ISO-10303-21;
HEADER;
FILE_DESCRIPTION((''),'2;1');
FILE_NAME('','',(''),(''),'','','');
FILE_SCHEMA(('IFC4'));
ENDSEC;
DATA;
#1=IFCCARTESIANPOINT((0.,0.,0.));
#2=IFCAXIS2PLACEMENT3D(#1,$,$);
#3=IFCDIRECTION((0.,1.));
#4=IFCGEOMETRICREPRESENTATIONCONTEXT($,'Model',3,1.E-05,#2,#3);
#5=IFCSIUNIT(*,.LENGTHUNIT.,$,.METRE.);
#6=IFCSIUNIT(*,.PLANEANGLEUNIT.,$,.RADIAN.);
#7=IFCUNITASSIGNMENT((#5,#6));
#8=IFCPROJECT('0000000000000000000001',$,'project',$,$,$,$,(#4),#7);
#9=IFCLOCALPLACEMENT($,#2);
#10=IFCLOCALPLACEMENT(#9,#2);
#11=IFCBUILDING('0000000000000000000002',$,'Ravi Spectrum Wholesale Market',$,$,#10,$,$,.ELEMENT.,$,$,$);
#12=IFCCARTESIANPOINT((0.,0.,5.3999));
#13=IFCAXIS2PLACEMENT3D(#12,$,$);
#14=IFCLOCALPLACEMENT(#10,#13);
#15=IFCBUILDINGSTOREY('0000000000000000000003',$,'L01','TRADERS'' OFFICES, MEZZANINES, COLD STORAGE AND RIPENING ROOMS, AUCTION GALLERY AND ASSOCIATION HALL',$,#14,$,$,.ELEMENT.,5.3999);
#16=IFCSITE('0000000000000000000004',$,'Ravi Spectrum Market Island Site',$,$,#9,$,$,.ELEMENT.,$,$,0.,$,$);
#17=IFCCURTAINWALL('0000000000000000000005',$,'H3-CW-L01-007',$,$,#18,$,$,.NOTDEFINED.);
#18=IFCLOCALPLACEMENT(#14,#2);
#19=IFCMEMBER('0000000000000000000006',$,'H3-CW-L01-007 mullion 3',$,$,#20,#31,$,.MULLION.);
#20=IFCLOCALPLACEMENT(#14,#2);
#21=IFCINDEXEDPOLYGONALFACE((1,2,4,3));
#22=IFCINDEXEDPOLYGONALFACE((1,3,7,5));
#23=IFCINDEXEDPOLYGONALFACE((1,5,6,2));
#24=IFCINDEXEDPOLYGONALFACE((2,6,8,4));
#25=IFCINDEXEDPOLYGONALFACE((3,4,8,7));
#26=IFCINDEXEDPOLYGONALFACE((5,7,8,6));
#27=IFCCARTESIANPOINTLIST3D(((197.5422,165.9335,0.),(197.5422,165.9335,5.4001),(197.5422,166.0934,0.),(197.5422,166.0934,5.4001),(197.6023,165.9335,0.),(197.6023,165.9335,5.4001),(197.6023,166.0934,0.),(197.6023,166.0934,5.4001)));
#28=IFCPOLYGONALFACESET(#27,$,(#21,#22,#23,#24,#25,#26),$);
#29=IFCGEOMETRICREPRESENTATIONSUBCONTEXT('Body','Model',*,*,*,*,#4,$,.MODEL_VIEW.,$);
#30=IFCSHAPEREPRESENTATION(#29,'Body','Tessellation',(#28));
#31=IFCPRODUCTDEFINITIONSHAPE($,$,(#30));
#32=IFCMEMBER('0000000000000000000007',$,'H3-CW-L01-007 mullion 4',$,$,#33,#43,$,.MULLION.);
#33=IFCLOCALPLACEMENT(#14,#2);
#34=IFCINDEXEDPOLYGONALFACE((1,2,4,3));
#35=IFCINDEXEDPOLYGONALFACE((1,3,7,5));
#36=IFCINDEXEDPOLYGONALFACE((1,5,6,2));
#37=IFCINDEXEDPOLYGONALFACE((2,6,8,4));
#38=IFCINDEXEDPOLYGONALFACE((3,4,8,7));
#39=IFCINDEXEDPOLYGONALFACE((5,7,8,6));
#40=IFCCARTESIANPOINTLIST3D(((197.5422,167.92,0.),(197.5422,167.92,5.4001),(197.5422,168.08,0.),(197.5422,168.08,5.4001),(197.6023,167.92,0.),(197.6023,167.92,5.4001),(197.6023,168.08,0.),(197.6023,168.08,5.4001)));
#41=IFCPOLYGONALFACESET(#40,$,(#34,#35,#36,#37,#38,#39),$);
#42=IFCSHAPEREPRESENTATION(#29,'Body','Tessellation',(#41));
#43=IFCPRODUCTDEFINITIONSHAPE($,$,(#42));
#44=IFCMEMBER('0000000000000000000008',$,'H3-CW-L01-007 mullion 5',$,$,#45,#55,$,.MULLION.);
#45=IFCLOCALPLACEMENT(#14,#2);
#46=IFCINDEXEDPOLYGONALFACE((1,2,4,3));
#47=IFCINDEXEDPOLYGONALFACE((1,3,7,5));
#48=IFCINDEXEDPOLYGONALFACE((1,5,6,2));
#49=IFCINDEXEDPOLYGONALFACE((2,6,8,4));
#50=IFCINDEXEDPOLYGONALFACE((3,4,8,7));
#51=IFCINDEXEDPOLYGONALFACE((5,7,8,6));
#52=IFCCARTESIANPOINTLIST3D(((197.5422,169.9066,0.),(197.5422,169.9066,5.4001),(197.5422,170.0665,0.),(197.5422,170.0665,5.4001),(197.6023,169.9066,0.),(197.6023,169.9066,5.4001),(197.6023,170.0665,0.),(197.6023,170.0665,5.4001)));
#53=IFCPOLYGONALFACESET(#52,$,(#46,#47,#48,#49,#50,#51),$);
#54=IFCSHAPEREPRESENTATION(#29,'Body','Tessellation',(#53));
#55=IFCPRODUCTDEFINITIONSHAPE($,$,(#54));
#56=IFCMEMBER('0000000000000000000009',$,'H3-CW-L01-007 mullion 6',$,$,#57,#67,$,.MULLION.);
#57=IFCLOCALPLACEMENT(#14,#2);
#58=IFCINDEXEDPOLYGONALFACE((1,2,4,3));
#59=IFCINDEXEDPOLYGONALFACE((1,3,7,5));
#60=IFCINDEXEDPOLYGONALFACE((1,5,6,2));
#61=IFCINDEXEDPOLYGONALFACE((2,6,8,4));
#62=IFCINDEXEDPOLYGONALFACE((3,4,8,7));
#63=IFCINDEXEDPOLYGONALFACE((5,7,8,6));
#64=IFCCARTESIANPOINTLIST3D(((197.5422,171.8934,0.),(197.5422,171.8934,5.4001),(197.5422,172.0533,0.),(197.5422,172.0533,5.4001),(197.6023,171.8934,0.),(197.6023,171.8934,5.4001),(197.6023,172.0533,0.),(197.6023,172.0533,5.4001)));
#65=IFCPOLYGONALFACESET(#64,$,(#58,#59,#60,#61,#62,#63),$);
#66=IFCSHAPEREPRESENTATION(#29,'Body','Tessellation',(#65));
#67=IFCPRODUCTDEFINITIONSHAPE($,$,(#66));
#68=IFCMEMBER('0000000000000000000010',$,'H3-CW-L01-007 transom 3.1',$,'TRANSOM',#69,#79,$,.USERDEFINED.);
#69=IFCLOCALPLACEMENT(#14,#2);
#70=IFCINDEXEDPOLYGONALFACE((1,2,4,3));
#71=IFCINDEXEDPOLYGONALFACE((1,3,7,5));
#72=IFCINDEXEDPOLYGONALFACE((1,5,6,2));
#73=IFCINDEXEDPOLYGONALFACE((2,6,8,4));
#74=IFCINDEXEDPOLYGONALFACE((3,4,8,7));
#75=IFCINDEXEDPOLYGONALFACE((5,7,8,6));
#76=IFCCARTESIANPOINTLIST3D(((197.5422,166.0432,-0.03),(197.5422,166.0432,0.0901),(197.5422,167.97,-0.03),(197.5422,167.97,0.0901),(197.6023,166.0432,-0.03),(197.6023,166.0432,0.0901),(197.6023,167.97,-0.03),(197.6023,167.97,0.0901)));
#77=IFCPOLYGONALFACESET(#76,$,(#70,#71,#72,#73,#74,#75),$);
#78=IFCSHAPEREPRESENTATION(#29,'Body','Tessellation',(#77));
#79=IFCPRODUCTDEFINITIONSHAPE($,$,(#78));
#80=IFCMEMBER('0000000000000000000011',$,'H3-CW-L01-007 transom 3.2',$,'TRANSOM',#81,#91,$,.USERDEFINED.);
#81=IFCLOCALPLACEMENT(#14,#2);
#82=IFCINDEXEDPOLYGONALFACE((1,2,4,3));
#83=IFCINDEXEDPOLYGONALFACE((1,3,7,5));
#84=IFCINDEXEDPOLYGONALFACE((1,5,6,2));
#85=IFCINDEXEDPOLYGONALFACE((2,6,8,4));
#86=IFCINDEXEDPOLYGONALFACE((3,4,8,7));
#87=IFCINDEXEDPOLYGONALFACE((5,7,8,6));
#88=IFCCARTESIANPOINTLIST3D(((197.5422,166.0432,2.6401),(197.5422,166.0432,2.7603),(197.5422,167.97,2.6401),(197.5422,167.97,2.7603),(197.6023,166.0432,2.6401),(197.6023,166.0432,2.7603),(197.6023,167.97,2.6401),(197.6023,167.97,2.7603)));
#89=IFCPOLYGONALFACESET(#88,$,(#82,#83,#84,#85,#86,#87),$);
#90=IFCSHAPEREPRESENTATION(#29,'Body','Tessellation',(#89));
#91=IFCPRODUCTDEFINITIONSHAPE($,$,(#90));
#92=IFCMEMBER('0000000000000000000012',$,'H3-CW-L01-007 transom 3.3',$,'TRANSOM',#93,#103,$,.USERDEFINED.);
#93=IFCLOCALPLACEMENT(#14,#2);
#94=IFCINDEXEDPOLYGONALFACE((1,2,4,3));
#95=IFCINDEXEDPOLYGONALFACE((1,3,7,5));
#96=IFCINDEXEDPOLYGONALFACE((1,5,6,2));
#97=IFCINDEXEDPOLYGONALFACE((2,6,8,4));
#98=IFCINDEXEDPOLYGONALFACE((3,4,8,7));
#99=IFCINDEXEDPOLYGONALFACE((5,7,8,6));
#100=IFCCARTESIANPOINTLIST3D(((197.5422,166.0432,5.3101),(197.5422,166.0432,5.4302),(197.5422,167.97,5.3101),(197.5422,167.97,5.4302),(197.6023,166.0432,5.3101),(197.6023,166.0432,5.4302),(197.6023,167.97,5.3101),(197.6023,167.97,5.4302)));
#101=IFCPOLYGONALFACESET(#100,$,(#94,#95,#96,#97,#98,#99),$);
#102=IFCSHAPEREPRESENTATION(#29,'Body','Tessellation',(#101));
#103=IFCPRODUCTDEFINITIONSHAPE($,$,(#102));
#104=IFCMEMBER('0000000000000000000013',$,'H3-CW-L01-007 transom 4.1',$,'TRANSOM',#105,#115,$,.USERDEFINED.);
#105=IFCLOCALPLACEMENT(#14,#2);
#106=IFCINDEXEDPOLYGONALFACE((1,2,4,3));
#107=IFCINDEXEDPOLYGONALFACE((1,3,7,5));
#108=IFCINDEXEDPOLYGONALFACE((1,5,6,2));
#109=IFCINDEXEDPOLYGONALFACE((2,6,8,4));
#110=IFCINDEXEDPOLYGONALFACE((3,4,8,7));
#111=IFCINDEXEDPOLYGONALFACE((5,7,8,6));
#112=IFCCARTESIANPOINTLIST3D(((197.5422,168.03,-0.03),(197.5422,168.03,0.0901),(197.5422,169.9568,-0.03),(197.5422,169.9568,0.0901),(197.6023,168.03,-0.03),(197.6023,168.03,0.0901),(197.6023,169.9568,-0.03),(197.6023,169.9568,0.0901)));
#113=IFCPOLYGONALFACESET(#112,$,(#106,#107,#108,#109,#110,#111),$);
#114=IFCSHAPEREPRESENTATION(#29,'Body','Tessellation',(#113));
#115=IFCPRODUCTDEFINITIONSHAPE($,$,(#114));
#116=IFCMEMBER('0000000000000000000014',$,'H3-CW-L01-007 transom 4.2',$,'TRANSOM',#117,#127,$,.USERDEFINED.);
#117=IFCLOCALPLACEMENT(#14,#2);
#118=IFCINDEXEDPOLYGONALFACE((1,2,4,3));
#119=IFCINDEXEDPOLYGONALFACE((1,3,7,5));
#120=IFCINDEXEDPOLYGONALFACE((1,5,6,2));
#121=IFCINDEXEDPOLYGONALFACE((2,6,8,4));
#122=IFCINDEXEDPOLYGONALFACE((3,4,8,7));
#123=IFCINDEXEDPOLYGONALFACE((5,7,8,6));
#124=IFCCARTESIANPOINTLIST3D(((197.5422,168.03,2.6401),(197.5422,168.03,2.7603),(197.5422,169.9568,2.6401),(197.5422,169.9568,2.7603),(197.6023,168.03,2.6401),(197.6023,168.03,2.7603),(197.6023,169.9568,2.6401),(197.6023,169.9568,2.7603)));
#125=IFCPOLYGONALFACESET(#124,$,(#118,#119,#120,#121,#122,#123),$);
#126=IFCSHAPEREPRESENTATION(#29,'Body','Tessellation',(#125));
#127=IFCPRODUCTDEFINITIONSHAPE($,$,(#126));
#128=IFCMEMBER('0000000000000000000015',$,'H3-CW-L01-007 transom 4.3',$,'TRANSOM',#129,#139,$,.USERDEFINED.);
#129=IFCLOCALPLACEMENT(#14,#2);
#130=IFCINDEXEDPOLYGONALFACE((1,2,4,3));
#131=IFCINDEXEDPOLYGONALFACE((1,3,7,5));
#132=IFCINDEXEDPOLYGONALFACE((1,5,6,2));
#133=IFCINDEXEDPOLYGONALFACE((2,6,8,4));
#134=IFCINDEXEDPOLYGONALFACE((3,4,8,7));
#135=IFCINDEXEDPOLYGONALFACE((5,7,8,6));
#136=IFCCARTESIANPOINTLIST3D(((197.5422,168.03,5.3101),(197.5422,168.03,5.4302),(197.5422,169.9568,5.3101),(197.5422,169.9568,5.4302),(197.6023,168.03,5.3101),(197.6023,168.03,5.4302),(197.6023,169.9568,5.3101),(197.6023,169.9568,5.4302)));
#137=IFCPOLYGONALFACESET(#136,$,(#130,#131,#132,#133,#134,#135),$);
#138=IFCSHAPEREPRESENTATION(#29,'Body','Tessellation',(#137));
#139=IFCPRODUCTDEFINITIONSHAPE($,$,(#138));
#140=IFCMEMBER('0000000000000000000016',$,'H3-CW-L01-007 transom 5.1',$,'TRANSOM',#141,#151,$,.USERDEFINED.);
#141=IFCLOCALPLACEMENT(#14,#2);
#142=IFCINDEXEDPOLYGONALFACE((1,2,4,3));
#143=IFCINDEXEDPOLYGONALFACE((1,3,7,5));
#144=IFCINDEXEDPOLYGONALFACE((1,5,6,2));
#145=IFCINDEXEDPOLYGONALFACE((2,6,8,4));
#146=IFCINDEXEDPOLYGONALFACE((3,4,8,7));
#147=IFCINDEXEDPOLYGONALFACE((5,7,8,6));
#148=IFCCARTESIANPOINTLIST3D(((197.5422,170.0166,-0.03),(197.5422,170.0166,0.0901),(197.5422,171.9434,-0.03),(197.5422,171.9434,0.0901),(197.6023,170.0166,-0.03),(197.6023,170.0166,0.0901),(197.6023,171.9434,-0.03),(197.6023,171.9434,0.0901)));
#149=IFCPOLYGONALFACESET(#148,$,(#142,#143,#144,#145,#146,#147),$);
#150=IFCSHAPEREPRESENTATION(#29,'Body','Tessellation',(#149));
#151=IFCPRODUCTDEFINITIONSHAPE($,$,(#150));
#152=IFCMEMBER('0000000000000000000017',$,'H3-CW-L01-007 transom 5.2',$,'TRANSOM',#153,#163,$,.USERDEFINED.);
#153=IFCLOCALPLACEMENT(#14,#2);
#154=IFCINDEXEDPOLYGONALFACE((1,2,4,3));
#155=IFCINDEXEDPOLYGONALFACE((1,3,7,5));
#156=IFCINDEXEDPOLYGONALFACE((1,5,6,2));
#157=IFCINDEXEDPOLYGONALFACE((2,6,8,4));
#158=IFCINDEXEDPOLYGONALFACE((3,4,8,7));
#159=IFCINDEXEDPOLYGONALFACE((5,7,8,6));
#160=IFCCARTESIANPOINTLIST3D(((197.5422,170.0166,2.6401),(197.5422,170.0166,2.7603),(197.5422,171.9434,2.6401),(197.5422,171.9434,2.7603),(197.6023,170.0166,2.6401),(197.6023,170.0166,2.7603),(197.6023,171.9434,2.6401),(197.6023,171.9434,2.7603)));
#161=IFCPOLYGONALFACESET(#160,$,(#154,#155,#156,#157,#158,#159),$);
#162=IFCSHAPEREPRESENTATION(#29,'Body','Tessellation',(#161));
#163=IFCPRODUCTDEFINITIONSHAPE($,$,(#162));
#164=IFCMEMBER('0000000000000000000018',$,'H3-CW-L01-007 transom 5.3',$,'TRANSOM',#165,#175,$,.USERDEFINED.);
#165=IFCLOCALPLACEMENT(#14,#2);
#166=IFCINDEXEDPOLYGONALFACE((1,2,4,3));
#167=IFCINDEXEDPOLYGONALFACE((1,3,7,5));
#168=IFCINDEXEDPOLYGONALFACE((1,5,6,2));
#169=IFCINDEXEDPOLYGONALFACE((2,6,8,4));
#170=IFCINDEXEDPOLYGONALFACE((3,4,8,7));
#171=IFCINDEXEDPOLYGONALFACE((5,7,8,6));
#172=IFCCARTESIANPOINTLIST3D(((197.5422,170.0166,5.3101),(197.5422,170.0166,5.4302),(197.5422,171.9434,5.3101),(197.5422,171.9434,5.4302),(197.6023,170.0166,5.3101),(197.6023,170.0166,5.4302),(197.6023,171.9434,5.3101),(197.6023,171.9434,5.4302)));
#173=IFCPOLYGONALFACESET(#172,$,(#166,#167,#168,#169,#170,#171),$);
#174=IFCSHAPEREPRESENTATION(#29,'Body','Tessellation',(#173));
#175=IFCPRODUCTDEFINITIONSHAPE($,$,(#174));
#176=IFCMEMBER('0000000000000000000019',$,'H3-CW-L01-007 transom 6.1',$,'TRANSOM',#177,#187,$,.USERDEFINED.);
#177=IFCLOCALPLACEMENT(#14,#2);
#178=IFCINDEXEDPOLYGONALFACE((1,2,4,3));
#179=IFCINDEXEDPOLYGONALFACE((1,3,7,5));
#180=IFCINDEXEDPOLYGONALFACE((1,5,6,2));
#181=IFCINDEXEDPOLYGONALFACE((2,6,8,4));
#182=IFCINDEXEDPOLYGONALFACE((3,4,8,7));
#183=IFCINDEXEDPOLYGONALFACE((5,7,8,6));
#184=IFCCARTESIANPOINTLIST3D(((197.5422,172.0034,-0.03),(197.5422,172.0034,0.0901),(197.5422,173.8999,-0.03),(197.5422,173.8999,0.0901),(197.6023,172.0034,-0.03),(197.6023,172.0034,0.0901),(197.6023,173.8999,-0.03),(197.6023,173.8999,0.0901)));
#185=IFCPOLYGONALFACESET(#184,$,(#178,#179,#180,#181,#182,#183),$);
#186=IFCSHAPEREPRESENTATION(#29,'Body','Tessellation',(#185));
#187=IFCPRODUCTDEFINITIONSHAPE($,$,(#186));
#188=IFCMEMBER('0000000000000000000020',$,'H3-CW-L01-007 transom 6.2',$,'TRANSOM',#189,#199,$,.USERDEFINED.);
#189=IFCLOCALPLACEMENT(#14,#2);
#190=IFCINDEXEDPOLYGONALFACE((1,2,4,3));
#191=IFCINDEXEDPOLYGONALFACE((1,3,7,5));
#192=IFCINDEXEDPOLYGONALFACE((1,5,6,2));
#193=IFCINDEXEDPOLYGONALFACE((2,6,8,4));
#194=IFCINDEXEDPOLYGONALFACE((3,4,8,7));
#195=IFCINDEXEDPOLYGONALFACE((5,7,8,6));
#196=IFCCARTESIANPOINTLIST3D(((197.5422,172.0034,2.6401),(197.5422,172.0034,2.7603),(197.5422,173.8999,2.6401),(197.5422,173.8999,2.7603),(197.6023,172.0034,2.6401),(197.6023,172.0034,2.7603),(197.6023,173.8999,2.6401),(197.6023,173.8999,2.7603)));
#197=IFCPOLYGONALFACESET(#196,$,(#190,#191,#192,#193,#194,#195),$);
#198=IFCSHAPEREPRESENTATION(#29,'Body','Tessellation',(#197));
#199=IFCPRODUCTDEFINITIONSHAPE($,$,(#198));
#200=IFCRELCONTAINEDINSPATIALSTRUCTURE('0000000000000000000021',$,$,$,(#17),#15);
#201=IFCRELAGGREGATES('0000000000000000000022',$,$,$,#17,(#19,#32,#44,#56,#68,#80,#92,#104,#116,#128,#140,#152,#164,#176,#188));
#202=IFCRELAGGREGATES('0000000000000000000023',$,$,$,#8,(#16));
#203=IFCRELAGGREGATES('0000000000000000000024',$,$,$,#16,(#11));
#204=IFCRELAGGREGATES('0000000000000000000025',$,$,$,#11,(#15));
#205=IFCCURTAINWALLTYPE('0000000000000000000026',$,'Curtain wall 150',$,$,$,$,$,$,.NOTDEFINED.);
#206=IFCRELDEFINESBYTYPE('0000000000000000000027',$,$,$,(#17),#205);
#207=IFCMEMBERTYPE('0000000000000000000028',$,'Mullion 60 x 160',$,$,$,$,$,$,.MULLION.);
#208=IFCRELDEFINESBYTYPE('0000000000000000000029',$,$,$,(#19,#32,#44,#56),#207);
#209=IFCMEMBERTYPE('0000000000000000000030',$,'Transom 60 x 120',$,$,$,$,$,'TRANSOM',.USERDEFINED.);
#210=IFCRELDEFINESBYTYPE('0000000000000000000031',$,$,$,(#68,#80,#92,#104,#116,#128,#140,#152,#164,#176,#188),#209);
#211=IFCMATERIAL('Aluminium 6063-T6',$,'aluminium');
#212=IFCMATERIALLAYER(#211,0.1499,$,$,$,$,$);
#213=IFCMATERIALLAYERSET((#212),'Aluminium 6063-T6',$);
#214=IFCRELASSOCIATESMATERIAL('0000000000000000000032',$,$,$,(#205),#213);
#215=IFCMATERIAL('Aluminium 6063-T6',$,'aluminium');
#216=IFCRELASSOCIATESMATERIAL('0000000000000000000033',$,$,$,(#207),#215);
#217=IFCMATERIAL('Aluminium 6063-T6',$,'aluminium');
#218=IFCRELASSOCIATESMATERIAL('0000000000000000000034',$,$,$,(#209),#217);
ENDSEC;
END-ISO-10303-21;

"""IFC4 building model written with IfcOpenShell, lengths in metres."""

from ifc_helpers import new_model, si_unit, direction, frame, origin, origin_2d, place, context, subcontext, project, spatial, rectangle, extrude, material, layer, layer_set, material_profile, profile_set, type_object, element, aggregate, save


model = new_model("IFC4")

# Units and contexts
model_context = context("Model", 3, precision=1e-05, world=origin(), true_north=direction((0.0, 1.0)))
body_context = subcontext(model_context, "Body", "Model", "MODEL_VIEW")
ifc_project = project(units=[si_unit("LENGTHUNIT", "METRE"), si_unit("PLANEANGLEUNIT", "RADIAN")], contexts=[model_context])

# Site, building, storey
site_placement = place(None, origin())
site = spatial("IfcSite", under=ifc_project, at=site_placement, Name="Ravi Spectrum Market Island Site", CompositionType="ELEMENT", RefElevation=0.0)
building_placement = place(site_placement, origin())
building = spatial("IfcBuilding", under=site, at=building_placement, Name="Ravi Spectrum Wholesale Market", CompositionType="ELEMENT")
storey_placement = place(building_placement, frame((0.0, 0.0, 5.3999)))
storey = spatial("IfcBuildingStorey", under=building, at=storey_placement, Name="L01", Description="TRADERS' OFFICES, MEZZANINES, COLD STORAGE AND RIPENING ROOMS, AUCTION GALLERY AND ASSOCIATION HALL", CompositionType="ELEMENT", Elevation=5.3999)

# Curtain wall, members
ifc_material_1 = material(Name="Aluminium 6063-T6", Category="aluminium")
ifc_layer_1 = layer(ifc_material_1, 0.1499)
ifc_layer_set_1 = layer_set([ifc_layer_1], Name="Aluminium 6063-T6")
curtain_wall_type = type_object("IfcCurtainWallType", Name="Curtain wall 150", PredefinedType="NOTDEFINED", material=ifc_layer_set_1)
curtain_wall_placement = place(storey_placement, origin())
curtain_wall = element("IfcCurtainWall", 1, at=curtain_wall_placement, inside=storey, type_object=curtain_wall_type, Name="H3-CW-L01-007", PredefinedType="NOTDEFINED")
ifc_material_2 = material(Name="Aluminium 6063-T6", Category="aluminium")
ifc_material_profile_1 = material_profile(ifc_material_2, rectangle(XDim=0.0601, YDim=0.1599, at=origin_2d()))
ifc_profile_set_1 = profile_set([ifc_material_profile_1], Name="Aluminium 6063-T6")
member_type_1 = type_object("IfcMemberType", Name="Mullion 60 x 160", PredefinedType="MULLION", material=ifc_profile_set_1)
member_1_placement = place(storey_placement, frame((197.5723, 166.0134, 0.0), z_axis=(0.0, 0.0, 1.0), x_axis=(-1.0, 0.0, 0.0)))
member_1 = element("IfcMember", 2, at=member_1_placement, type_object=member_type_1, Name="H3-CW-L01-007 mullion 3", PredefinedType="MULLION", context=body_context, shape_type="SweptSolid", body=[
    extrude(rectangle(XDim=0.0601, YDim=0.1599, at=origin_2d()), origin(), (0.0, 0.0, 1.0), 5.4001),
])
member_2_placement = place(storey_placement, frame((197.5723, 168.0, 0.0), z_axis=(0.0, 0.0, 1.0), x_axis=(-1.0, 0.0, 0.0)))
member_2 = element("IfcMember", 3, at=member_2_placement, type_object=member_type_1, Name="H3-CW-L01-007 mullion 4", PredefinedType="MULLION", context=body_context, shape_type="SweptSolid", body=[
    extrude(rectangle(XDim=0.0601, YDim=0.1599, at=origin_2d()), origin(), (0.0, 0.0, 1.0), 5.4001),
])
member_3_placement = place(storey_placement, frame((197.5723, 169.9866, 0.0), z_axis=(0.0, 0.0, 1.0), x_axis=(-1.0, 0.0, 0.0)))
member_3 = element("IfcMember", 4, at=member_3_placement, type_object=member_type_1, Name="H3-CW-L01-007 mullion 5", PredefinedType="MULLION", context=body_context, shape_type="SweptSolid", body=[
    extrude(rectangle(XDim=0.0601, YDim=0.1599, at=origin_2d()), origin(), (0.0, 0.0, 1.0), 5.4001),
])
member_4_placement = place(storey_placement, frame((197.5723, 171.9734, 0.0), z_axis=(0.0, 0.0, 1.0), x_axis=(-1.0, 0.0, 0.0)))
member_4 = element("IfcMember", 5, at=member_4_placement, type_object=member_type_1, Name="H3-CW-L01-007 mullion 6", PredefinedType="MULLION", context=body_context, shape_type="SweptSolid", body=[
    extrude(rectangle(XDim=0.0601, YDim=0.1599, at=origin_2d()), origin(), (0.0, 0.0, 1.0), 5.4001),
])
ifc_material_3 = material(Name="Aluminium 6063-T6", Category="aluminium")
ifc_material_profile_2 = material_profile(ifc_material_3, rectangle(XDim=0.0601, YDim=0.1201, at=origin_2d()))
ifc_profile_set_2 = profile_set([ifc_material_profile_2], Name="Aluminium 6063-T6")
member_type_2 = type_object("IfcMemberType", Name="Transom 60 x 120", ElementType="TRANSOM", PredefinedType="USERDEFINED", material=ifc_profile_set_2)
member_5_placement = place(storey_placement, frame((197.5723, 166.0432, 0.03), z_axis=(0.0, 1.0, 0.0), x_axis=(-1.0, 0.0, 0.0)))
member_5 = element("IfcMember", 6, at=member_5_placement, type_object=member_type_2, Name="H3-CW-L01-007 transom 3.1", ObjectType="TRANSOM", PredefinedType="USERDEFINED", context=body_context, shape_type="SweptSolid", body=[
    extrude(rectangle(XDim=0.0601, YDim=0.1201, at=origin_2d()), origin(), (0.0, 0.0, 1.0), 1.9268),
])
member_6_placement = place(storey_placement, frame((197.5723, 166.0432, 2.7002), z_axis=(0.0, 1.0, 0.0), x_axis=(-1.0, 0.0, 0.0)))
member_6 = element("IfcMember", 7, at=member_6_placement, type_object=member_type_2, Name="H3-CW-L01-007 transom 3.2", ObjectType="TRANSOM", PredefinedType="USERDEFINED", context=body_context, shape_type="SweptSolid", body=[
    extrude(rectangle(XDim=0.0601, YDim=0.1201, at=origin_2d()), origin(), (0.0, 0.0, 1.0), 1.9268),
])
member_7_placement = place(storey_placement, frame((197.5723, 166.0432, 5.3701), z_axis=(0.0, 1.0, 0.0), x_axis=(-1.0, 0.0, 0.0)))
member_7 = element("IfcMember", 8, at=member_7_placement, type_object=member_type_2, Name="H3-CW-L01-007 transom 3.3", ObjectType="TRANSOM", PredefinedType="USERDEFINED", context=body_context, shape_type="SweptSolid", body=[
    extrude(rectangle(XDim=0.0601, YDim=0.1201, at=origin_2d()), origin(), (0.0, 0.0, 1.0), 1.9268),
])
member_8_placement = place(storey_placement, frame((197.5723, 168.03, 0.03), z_axis=(0.0, 1.0, 0.0), x_axis=(-1.0, 0.0, 0.0)))
member_8 = element("IfcMember", 9, at=member_8_placement, type_object=member_type_2, Name="H3-CW-L01-007 transom 4.1", ObjectType="TRANSOM", PredefinedType="USERDEFINED", context=body_context, shape_type="SweptSolid", body=[
    extrude(rectangle(XDim=0.0601, YDim=0.1201, at=origin_2d()), origin(), (0.0, 0.0, 1.0), 1.9268),
])
member_9_placement = place(storey_placement, frame((197.5723, 168.03, 2.7002), z_axis=(0.0, 1.0, 0.0), x_axis=(-1.0, 0.0, 0.0)))
member_9 = element("IfcMember", 10, at=member_9_placement, type_object=member_type_2, Name="H3-CW-L01-007 transom 4.2", ObjectType="TRANSOM", PredefinedType="USERDEFINED", context=body_context, shape_type="SweptSolid", body=[
    extrude(rectangle(XDim=0.0601, YDim=0.1201, at=origin_2d()), origin(), (0.0, 0.0, 1.0), 1.9268),
])
member_10_placement = place(storey_placement, frame((197.5723, 168.03, 5.3701), z_axis=(0.0, 1.0, 0.0), x_axis=(-1.0, 0.0, 0.0)))
member_10 = element("IfcMember", 11, at=member_10_placement, type_object=member_type_2, Name="H3-CW-L01-007 transom 4.3", ObjectType="TRANSOM", PredefinedType="USERDEFINED", context=body_context, shape_type="SweptSolid", body=[
    extrude(rectangle(XDim=0.0601, YDim=0.1201, at=origin_2d()), origin(), (0.0, 0.0, 1.0), 1.9268),
])
member_11_placement = place(storey_placement, frame((197.5723, 170.0166, 0.03), z_axis=(0.0, 1.0, 0.0), x_axis=(-1.0, 0.0, 0.0)))
member_11 = element("IfcMember", 12, at=member_11_placement, type_object=member_type_2, Name="H3-CW-L01-007 transom 5.1", ObjectType="TRANSOM", PredefinedType="USERDEFINED", context=body_context, shape_type="SweptSolid", body=[
    extrude(rectangle(XDim=0.0601, YDim=0.1201, at=origin_2d()), origin(), (0.0, 0.0, 1.0), 1.9268),
])
member_12_placement = place(storey_placement, frame((197.5723, 170.0166, 2.7002), z_axis=(0.0, 1.0, 0.0), x_axis=(-1.0, 0.0, 0.0)))
member_12 = element("IfcMember", 13, at=member_12_placement, type_object=member_type_2, Name="H3-CW-L01-007 transom 5.2", ObjectType="TRANSOM", PredefinedType="USERDEFINED", context=body_context, shape_type="SweptSolid", body=[
    extrude(rectangle(XDim=0.0601, YDim=0.1201, at=origin_2d()), origin(), (0.0, 0.0, 1.0), 1.9268),
])
member_13_placement = place(storey_placement, frame((197.5723, 170.0166, 5.3701), z_axis=(0.0, 1.0, 0.0), x_axis=(-1.0, 0.0, 0.0)))
member_13 = element("IfcMember", 14, at=member_13_placement, type_object=member_type_2, Name="H3-CW-L01-007 transom 5.3", ObjectType="TRANSOM", PredefinedType="USERDEFINED", context=body_context, shape_type="SweptSolid", body=[
    extrude(rectangle(XDim=0.0601, YDim=0.1201, at=origin_2d()), origin(), (0.0, 0.0, 1.0), 1.9268),
])
member_14_placement = place(storey_placement, frame((197.5723, 172.0034, 0.03), z_axis=(0.0, 1.0, 0.0), x_axis=(-1.0, 0.0, 0.0)))
member_14 = element("IfcMember", 15, at=member_14_placement, type_object=member_type_2, Name="H3-CW-L01-007 transom 6.1", ObjectType="TRANSOM", PredefinedType="USERDEFINED", context=body_context, shape_type="SweptSolid", body=[
    extrude(rectangle(XDim=0.0601, YDim=0.1201, at=origin_2d()), origin(), (0.0, 0.0, 1.0), 1.8965),
])
member_15_placement = place(storey_placement, frame((197.5723, 172.0034, 2.7002), z_axis=(0.0, 1.0, 0.0), x_axis=(-1.0, 0.0, 0.0)))
member_15 = element("IfcMember", 16, at=member_15_placement, type_object=member_type_2, Name="H3-CW-L01-007 transom 6.2", ObjectType="TRANSOM", PredefinedType="USERDEFINED", context=body_context, shape_type="SweptSolid", body=[
    extrude(rectangle(XDim=0.0601, YDim=0.1201, at=origin_2d()), origin(), (0.0, 0.0, 1.0), 1.8965),
])
aggregate(curtain_wall, [member_1, member_2, member_3, member_4, member_5, member_6, member_7, member_8, member_9, member_10, member_11, member_12, member_13, member_14, member_15])

save(model, "model.ifc")
